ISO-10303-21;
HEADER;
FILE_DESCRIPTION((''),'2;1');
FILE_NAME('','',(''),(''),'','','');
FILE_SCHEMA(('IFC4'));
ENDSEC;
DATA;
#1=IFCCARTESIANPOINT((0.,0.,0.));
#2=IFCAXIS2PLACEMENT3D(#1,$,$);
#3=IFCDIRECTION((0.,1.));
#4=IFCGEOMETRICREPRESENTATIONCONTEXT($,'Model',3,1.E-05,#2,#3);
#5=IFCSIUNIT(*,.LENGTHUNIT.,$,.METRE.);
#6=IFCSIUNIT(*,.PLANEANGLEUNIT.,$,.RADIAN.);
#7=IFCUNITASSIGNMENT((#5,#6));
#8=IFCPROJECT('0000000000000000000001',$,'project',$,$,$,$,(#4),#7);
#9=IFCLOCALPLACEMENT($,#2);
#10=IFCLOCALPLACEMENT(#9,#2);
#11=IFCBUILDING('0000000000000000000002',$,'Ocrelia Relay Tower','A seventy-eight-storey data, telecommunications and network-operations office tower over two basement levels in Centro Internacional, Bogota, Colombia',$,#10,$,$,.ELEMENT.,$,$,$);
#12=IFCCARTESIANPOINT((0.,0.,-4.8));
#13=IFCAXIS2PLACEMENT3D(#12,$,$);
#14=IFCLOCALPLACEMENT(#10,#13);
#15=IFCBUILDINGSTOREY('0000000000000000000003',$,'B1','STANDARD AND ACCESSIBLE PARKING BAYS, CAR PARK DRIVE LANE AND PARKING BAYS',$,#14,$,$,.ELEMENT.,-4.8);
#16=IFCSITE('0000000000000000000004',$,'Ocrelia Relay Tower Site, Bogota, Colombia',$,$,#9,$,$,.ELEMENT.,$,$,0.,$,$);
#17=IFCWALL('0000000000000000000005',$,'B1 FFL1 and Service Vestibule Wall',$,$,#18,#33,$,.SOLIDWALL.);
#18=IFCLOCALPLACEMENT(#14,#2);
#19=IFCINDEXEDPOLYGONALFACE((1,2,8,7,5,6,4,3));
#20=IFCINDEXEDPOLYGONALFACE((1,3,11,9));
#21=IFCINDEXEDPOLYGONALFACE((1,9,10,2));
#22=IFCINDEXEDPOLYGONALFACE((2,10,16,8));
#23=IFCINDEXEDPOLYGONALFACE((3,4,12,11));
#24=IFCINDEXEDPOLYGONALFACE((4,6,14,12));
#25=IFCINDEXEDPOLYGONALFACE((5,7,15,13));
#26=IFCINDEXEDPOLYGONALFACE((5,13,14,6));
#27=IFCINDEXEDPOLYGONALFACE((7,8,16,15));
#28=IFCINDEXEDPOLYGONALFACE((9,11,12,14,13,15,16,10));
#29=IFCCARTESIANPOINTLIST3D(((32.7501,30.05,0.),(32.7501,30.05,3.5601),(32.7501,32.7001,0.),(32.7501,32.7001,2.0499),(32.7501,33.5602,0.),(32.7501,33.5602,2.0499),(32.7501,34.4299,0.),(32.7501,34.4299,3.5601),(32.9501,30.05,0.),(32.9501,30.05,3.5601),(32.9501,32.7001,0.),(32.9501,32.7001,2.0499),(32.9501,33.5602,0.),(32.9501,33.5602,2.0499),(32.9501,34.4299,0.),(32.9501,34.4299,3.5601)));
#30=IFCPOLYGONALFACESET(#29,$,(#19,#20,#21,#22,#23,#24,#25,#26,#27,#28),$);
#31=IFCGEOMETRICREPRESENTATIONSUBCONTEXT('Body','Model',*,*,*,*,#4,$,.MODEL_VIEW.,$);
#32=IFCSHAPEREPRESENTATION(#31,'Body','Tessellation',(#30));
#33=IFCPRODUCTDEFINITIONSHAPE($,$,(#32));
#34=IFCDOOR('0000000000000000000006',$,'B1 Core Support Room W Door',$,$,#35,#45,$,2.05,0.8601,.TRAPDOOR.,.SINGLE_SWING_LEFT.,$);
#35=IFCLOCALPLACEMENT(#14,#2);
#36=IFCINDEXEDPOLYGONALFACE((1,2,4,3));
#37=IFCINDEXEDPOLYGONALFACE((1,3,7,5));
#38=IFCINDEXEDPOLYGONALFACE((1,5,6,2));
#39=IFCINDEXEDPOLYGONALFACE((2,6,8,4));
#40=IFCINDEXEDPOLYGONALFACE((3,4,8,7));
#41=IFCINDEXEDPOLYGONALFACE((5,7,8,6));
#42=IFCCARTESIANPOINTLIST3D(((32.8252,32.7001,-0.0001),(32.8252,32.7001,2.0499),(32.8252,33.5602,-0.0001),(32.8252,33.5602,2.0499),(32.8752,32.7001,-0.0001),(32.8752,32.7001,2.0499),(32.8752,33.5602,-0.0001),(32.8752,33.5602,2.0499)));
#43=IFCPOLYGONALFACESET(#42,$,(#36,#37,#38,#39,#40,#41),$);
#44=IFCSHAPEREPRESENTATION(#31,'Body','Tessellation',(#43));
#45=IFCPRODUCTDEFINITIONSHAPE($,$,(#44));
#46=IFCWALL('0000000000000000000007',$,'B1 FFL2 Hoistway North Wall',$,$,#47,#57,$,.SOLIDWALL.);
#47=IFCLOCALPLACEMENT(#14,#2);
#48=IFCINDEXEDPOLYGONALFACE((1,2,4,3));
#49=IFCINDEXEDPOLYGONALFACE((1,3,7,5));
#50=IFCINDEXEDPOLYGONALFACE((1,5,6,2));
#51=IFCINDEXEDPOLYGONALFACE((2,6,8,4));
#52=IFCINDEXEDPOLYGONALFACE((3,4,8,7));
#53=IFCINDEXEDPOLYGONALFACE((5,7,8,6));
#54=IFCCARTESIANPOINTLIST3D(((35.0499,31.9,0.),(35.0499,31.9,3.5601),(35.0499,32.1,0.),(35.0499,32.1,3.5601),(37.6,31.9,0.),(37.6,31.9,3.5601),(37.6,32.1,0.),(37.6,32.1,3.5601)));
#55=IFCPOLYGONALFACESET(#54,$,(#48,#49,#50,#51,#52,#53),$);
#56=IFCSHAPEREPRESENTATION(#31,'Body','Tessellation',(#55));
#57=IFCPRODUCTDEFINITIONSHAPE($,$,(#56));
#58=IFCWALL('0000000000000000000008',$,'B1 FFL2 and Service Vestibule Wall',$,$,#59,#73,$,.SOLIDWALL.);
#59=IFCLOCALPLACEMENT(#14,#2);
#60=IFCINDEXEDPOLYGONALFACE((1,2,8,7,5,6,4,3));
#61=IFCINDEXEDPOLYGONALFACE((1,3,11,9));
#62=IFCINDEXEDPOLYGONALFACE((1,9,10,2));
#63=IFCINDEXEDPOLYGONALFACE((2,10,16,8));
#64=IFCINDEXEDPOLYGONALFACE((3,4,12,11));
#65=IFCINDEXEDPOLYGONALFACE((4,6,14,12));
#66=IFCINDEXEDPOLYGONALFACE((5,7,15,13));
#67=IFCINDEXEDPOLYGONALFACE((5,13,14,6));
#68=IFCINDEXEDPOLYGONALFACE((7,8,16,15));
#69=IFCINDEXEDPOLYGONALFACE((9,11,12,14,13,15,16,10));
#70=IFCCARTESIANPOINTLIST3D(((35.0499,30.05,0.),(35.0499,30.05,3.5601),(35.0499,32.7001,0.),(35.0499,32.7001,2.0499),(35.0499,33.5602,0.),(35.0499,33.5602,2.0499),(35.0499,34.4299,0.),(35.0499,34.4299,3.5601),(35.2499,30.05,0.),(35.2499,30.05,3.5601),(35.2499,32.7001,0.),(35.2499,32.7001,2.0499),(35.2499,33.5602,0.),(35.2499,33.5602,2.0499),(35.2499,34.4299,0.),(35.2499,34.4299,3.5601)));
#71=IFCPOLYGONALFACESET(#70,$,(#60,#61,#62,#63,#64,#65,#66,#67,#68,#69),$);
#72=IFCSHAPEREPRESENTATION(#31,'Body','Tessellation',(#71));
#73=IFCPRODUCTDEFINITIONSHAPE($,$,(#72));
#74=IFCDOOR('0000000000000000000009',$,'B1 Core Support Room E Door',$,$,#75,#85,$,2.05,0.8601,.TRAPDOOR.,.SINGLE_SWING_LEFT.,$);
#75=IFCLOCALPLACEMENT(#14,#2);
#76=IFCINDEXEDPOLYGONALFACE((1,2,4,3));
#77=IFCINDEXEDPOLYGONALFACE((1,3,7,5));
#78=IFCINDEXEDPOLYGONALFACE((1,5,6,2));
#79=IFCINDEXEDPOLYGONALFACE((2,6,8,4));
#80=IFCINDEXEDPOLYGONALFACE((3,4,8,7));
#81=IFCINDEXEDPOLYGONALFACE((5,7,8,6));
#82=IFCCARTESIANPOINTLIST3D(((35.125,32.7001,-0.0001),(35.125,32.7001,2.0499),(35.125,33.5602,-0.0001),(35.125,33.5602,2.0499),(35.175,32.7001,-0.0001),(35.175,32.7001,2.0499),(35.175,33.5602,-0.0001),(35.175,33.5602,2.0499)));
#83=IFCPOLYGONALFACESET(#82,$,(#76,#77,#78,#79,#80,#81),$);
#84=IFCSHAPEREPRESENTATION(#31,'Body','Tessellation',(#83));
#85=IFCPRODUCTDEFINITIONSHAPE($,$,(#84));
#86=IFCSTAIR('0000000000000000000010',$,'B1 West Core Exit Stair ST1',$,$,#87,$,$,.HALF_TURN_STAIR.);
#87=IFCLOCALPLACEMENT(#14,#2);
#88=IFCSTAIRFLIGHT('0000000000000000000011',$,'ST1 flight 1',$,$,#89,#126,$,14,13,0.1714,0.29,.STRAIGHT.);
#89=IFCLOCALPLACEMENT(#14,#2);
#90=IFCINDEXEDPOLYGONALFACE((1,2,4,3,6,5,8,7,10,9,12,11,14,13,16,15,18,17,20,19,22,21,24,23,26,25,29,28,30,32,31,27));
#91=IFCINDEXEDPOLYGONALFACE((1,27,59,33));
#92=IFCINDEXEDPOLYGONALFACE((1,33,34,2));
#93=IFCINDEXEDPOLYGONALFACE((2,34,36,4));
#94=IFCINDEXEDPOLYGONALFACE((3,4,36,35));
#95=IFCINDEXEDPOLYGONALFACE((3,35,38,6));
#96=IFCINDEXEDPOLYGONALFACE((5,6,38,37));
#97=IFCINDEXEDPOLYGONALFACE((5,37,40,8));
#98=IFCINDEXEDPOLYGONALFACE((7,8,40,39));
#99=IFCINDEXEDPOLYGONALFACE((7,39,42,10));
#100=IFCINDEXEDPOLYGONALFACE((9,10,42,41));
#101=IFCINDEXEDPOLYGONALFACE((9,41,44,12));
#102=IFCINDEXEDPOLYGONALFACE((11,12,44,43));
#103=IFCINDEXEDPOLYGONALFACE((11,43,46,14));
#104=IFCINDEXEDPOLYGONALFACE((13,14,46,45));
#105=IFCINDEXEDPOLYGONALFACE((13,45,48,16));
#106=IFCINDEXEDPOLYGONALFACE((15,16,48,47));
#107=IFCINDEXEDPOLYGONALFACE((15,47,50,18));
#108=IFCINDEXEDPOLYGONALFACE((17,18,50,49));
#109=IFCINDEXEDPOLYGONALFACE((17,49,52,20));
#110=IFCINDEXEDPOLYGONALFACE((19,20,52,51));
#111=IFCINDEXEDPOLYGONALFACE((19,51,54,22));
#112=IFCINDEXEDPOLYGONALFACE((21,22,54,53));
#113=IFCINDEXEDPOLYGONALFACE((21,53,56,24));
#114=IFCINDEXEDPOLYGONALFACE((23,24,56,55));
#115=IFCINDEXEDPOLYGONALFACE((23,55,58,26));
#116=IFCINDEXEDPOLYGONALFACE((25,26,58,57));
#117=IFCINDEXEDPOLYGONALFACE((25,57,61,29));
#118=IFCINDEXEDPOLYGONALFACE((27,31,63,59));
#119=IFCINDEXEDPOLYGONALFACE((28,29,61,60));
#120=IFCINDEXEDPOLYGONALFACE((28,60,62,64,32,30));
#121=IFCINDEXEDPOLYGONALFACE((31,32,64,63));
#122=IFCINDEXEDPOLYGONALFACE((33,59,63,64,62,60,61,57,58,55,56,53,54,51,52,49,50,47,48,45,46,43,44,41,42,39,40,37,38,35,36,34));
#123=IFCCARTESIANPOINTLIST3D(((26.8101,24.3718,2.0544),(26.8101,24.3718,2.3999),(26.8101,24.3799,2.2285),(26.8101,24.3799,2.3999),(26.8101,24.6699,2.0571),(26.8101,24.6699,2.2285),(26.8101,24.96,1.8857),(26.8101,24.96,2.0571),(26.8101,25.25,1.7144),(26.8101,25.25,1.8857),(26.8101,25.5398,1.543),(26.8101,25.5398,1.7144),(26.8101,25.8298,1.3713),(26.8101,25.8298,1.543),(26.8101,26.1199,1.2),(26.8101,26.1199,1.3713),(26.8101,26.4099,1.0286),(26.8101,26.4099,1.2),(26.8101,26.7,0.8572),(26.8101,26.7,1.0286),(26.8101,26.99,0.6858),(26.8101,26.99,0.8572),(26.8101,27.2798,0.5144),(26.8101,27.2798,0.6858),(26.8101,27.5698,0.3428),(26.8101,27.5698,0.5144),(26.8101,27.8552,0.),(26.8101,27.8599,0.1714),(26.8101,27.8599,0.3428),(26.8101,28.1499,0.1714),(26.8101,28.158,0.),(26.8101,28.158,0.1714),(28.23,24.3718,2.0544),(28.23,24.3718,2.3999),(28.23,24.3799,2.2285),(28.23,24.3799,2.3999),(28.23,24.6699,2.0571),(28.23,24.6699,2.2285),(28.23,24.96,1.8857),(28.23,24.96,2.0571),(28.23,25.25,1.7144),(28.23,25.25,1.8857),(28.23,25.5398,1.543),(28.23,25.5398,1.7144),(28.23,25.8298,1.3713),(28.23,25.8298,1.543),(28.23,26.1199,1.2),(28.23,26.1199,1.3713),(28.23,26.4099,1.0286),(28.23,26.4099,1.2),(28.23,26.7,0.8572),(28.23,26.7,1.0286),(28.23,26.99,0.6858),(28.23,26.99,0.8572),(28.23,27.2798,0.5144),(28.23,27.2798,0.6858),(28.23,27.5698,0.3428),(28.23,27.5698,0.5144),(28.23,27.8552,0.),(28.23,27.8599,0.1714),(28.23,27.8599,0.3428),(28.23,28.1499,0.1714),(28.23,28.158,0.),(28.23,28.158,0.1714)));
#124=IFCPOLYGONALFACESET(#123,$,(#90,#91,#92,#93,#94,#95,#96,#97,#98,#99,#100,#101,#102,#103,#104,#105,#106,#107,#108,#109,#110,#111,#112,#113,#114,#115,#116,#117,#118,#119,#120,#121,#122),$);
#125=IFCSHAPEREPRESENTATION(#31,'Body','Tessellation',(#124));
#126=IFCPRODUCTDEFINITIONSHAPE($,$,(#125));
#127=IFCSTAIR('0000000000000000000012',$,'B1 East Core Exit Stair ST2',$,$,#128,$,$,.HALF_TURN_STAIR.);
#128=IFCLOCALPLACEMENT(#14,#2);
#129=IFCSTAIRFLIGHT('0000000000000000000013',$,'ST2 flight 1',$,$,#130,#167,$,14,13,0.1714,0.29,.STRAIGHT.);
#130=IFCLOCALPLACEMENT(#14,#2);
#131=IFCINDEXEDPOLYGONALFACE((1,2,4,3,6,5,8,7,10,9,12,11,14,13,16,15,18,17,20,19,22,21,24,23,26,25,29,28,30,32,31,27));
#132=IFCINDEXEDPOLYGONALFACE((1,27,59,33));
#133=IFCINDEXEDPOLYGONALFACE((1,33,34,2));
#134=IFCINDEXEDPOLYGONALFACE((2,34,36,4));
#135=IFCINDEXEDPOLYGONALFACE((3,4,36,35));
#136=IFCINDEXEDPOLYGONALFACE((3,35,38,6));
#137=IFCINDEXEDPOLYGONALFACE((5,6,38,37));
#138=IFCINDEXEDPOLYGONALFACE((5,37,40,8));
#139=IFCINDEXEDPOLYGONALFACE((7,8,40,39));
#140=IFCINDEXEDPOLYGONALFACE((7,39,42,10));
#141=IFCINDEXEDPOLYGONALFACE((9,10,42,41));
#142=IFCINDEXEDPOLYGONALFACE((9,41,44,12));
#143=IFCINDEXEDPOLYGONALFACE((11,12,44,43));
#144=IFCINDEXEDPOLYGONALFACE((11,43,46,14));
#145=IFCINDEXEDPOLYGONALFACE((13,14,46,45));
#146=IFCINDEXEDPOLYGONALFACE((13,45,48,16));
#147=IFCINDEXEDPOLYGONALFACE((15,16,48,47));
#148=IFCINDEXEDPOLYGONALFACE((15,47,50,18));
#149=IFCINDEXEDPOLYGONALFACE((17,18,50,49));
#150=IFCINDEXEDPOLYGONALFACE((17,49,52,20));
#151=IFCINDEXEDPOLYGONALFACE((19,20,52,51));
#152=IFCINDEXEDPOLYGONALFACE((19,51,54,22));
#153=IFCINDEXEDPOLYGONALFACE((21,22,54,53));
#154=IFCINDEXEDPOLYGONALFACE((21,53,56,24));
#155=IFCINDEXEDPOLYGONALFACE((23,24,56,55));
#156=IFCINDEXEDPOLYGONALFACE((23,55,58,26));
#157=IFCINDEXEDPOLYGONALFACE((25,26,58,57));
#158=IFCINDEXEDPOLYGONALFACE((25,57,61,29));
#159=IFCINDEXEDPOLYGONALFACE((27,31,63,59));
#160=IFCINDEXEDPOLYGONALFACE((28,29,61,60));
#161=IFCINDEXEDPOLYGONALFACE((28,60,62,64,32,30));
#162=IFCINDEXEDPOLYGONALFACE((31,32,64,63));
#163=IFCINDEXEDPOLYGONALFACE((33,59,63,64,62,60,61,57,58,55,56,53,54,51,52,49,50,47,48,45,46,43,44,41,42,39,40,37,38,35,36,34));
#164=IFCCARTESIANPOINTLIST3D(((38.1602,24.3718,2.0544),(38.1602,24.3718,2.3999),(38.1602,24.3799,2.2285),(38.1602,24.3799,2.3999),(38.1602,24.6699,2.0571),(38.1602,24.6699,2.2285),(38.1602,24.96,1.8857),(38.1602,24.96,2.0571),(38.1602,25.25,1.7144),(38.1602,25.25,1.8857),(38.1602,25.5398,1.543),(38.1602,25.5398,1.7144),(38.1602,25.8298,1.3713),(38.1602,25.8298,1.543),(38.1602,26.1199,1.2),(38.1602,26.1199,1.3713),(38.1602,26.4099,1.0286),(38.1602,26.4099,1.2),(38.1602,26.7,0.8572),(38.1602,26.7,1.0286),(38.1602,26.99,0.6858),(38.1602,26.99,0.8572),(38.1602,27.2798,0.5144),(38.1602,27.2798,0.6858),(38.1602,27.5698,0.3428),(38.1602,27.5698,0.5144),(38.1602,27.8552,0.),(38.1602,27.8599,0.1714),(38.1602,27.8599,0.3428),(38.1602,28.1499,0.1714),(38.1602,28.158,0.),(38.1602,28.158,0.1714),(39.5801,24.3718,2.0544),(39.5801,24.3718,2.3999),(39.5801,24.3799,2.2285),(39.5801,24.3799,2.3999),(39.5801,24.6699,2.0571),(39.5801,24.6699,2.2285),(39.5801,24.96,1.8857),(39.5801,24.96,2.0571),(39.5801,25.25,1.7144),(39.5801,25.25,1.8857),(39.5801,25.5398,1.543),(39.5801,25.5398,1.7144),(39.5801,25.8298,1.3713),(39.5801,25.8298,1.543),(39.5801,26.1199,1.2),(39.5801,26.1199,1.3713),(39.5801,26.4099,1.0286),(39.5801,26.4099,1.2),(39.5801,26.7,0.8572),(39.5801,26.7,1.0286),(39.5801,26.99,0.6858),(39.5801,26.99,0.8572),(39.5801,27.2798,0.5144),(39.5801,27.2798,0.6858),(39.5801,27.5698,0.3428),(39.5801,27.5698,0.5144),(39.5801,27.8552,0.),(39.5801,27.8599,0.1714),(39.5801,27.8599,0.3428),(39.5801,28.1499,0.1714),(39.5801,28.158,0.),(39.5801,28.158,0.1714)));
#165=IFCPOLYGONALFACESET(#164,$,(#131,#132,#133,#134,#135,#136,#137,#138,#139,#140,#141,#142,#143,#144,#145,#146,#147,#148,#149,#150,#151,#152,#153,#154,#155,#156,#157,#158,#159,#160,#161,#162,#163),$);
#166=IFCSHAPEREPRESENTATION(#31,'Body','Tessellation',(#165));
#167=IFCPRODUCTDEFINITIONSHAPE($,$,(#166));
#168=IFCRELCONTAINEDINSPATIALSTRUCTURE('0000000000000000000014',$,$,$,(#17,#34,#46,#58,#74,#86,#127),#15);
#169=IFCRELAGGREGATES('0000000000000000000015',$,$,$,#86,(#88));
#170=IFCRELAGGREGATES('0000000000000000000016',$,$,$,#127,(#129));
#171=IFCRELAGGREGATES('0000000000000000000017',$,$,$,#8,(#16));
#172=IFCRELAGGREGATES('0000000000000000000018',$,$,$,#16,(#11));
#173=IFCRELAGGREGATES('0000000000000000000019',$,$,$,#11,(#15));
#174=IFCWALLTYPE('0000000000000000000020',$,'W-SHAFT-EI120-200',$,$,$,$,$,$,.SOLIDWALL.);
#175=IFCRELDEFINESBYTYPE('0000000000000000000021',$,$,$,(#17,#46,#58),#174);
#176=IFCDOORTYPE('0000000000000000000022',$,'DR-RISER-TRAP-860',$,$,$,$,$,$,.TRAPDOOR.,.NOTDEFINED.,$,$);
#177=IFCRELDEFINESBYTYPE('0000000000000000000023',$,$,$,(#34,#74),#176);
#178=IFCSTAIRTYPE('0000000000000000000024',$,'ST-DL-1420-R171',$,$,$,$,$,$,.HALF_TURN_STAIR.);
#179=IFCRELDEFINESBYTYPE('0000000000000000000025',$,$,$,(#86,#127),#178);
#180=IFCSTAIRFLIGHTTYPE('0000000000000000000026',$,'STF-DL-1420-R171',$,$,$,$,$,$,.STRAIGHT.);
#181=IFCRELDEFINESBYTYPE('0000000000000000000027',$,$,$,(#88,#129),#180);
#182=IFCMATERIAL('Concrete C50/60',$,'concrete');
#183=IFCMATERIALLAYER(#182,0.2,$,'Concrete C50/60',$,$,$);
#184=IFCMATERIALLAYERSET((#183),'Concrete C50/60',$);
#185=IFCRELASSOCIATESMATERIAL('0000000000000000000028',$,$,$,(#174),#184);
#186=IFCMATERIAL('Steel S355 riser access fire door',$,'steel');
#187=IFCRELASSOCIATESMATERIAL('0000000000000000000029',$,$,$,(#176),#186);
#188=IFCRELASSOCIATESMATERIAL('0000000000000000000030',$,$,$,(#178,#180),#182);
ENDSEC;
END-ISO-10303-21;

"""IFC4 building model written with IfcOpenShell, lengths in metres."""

from ifc_helpers import new_model, si_unit, direction, frame, frame_2d, origin, place, context, subcontext, project, spatial, polyline, rectangle, outline, extrude, material, layer, layer_set, type_object, element, fill, aggregate, save


model = new_model("IFC4")

# Units and contexts
model_context = context("Model", 3, precision=1e-05, world=origin(), true_north=direction((0.0, 1.0)))
body_context = subcontext(model_context, "Body", "Model", "MODEL_VIEW")
ifc_project = project(units=[si_unit("LENGTHUNIT", "METRE"), si_unit("PLANEANGLEUNIT", "RADIAN")], contexts=[model_context])

# Site, building, storey
site_placement = place(None, origin())
site = spatial("IfcSite", under=ifc_project, at=site_placement, Name="Ocrelia Relay Tower Site, Bogota, Colombia", CompositionType="ELEMENT", RefElevation=0.0)
building_placement = place(site_placement, origin())
building = spatial("IfcBuilding", under=site, at=building_placement, Name="Ocrelia Relay Tower", Description="A seventy-eight-storey data, telecommunications and network-operations office tower over two basement levels in Centro Internacional, Bogota, Colombia", CompositionType="ELEMENT")
storey_placement = place(building_placement, frame((0.0, 0.0, -4.8)))
storey = spatial("IfcBuildingStorey", under=building, at=storey_placement, Name="B1", Description="STANDARD AND ACCESSIBLE PARKING BAYS, CAR PARK DRIVE LANE AND PARKING BAYS", CompositionType="ELEMENT", Elevation=-4.8)

# Shared definitions
ifc_material_1 = material(Name="Concrete C50/60", Category="concrete")

# Shared definitions
ifc_layer_1 = layer(ifc_material_1, 0.2, Name="Concrete C50/60")
ifc_layer_set_1 = layer_set([ifc_layer_1], Name="Concrete C50/60")
wall_type_1 = type_object("IfcWallType", Name="W-SHAFT-EI120-200", PredefinedType="SOLIDWALL", material=ifc_layer_set_1)

# Wall, opening, door
wall_1_placement = place(storey_placement, frame((32.8501, 30.05, 0.0), z_axis=(0.0, 0.0, 1.0), x_axis=(0.0, 1.0, 0.0)))
wall_1 = element("IfcWall", 1, at=wall_1_placement, inside=storey, type_object=wall_type_1, Name="B1 FFL1 and Service Vestibule Wall", PredefinedType="SOLIDWALL", context=body_context, shape_type="SweptSolid", body=[
    extrude(rectangle(XDim=4.3799, YDim=0.2, at=frame_2d((2.1899, 0.0))), origin(), (0.0, 0.0, 1.0), 3.5601),
])
opening_1_placement = place(wall_1_placement, frame((2.6499, 0.0, 0.0)))
opening_1 = element("IfcOpeningElement", 2, at=opening_1_placement, cuts=wall_1, PredefinedType="OPENING", context=body_context, shape_type="SweptSolid", body=[
    extrude(rectangle(XDim=0.8601, YDim=2.05, at=frame_2d((0.4302, 1.0249))), frame((0.0, 0.1099, 0.0), z_axis=(0.0, -1.0, 0.0), x_axis=(1.0, 0.0, 0.0)), (0.0, 0.0, 1.0), 0.22),
])
ifc_material_2 = material(Name="Steel S355 riser access fire door", Category="steel")
door_type_1 = type_object("IfcDoorType", Name="DR-RISER-TRAP-860", OperationType="NOTDEFINED", PredefinedType="TRAPDOOR", material=ifc_material_2)
door_1_placement = place(opening_1_placement, origin())
door_1 = element("IfcDoor", 3, at=door_1_placement, inside=storey, type_object=door_type_1, Name="B1 Core Support Room W Door", OperationType="SINGLE_SWING_LEFT", OverallHeight=2.05, OverallWidth=0.8601, PredefinedType="TRAPDOOR", context=body_context, shape_type="SweptSolid", body=[
    extrude(rectangle(XDim=0.8601, YDim=2.05, at=frame_2d((0.4302, 1.0249))), frame((0.0, 0.0249, 0.0), z_axis=(0.0, -1.0, 0.0), x_axis=(1.0, 0.0, 0.0)), (0.0, 0.0, 1.0), 0.05),
])
fill(opening_1, door_1)

# Wall
wall_2_placement = place(storey_placement, frame((35.05, 32.0, 0.0), z_axis=(0.0, 0.0, 1.0), x_axis=(1.0, 0.0, 0.0)))
element("IfcWall", 4, at=wall_2_placement, inside=storey, type_object=wall_type_1, Name="B1 FFL2 Hoistway North Wall", PredefinedType="SOLIDWALL", context=body_context, shape_type="SweptSolid", body=[
    extrude(rectangle(XDim=2.55, YDim=0.2, at=frame_2d((1.2749, 0.0))), origin(), (0.0, 0.0, 1.0), 3.5601),
])

# Wall, opening, door
wall_3_placement = place(storey_placement, frame((35.1499, 30.05, 0.0), z_axis=(0.0, 0.0, 1.0), x_axis=(0.0, 1.0, 0.0)))
wall_3 = element("IfcWall", 5, at=wall_3_placement, inside=storey, type_object=wall_type_1, Name="B1 FFL2 and Service Vestibule Wall", PredefinedType="SOLIDWALL", context=body_context, shape_type="SweptSolid", body=[
    extrude(rectangle(XDim=4.3799, YDim=0.2, at=frame_2d((2.1899, 0.0))), origin(), (0.0, 0.0, 1.0), 3.5601),
])
opening_2_placement = place(wall_3_placement, frame((2.6499, 0.0, 0.0)))
opening_2 = element("IfcOpeningElement", 6, at=opening_2_placement, cuts=wall_3, PredefinedType="OPENING", context=body_context, shape_type="SweptSolid", body=[
    extrude(rectangle(XDim=0.8601, YDim=2.05, at=frame_2d((0.4302, 1.0249))), frame((0.0, 0.1099, 0.0), z_axis=(0.0, -1.0, 0.0), x_axis=(1.0, 0.0, 0.0)), (0.0, 0.0, 1.0), 0.22),
])
door_2_placement = place(opening_2_placement, origin())
door_2 = element("IfcDoor", 7, at=door_2_placement, inside=storey, type_object=door_type_1, Name="B1 Core Support Room E Door", OperationType="SINGLE_SWING_LEFT", OverallHeight=2.05, OverallWidth=0.8601, PredefinedType="TRAPDOOR", context=body_context, shape_type="SweptSolid", body=[
    extrude(rectangle(XDim=0.8601, YDim=2.05, at=frame_2d((0.4302, 1.0249))), frame((0.0, 0.0249, 0.0), z_axis=(0.0, -1.0, 0.0), x_axis=(1.0, 0.0, 0.0)), (0.0, 0.0, 1.0), 0.05),
])
fill(opening_2, door_2)

# Stairs, stair flights
stair_type = type_object("IfcStairType", Name="ST-DL-1420-R171", PredefinedType="HALF_TURN_STAIR", material=ifc_material_1)
stair_1_placement = place(storey_placement, origin())
stair_1 = element("IfcStair", 8, at=stair_1_placement, inside=storey, type_object=stair_type, Name="B1 West Core Exit Stair ST1", PredefinedType="HALF_TURN_STAIR")
stair_flight_type = type_object("IfcStairFlightType", Name="STF-DL-1420-R171", PredefinedType="STRAIGHT", material=ifc_material_1)
stair_flight_1_placement = place(storey_placement, frame((27.52, 28.1499, 0.0), z_axis=(0.0, 0.0, 1.0), x_axis=(0.0, -1.0, 0.0)))
stair_flight_1 = element("IfcStairFlight", 9, at=stair_flight_1_placement, type_object=stair_flight_type, Name="ST1 flight 1", NumberOfRisers=14, NumberOfTreads=13, PredefinedType="STRAIGHT", RiserHeight=0.1714, TreadLength=0.29, context=body_context, shape_type="SweptSolid", body=[
    extrude(outline(polyline([(-0.0081, 0.0), (-0.0081, 0.1714), (0.0, 0.1714), (0.29, 0.1714), (0.29, 0.3428), (0.5801, 0.3428), (0.5801, 0.5144), (0.8701, 0.5144), (0.8701, 0.6858), (1.1599, 0.6858), (1.1599, 0.8572), (1.45, 0.8572), (1.45, 1.0286), (1.74, 1.0286), (1.74, 1.2), (2.03, 1.2), (2.03, 1.3713), (2.3201, 1.3713), (2.3201, 1.543), (2.6101, 1.543), (2.6101, 1.7144), (2.8999, 1.7144), (2.8999, 1.8857), (3.1899, 1.8857), (3.1899, 2.0571), (3.48, 2.0571), (3.48, 2.2285), (3.77, 2.2285), (3.77, 2.3999), (3.7781, 2.3999), (3.7781, 2.0544), (0.2947, 0.0), (-0.0081, 0.0)])), frame((0.0, 0.71, 0.0), z_axis=(0.0, -1.0, 0.0), x_axis=(1.0, 0.0, 0.0)), (0.0, 0.0, 1.0), 1.4199),
])
aggregate(stair_1, [stair_flight_1])
stair_2_placement = place(storey_placement, origin())
stair_2 = element("IfcStair", 10, at=stair_2_placement, inside=storey, type_object=stair_type, Name="B1 East Core Exit Stair ST2", PredefinedType="HALF_TURN_STAIR")
stair_flight_2_placement = place(storey_placement, frame((38.8701, 28.1499, 0.0), z_axis=(0.0, 0.0, 1.0), x_axis=(0.0, -1.0, 0.0)))
stair_flight_2 = element("IfcStairFlight", 11, at=stair_flight_2_placement, type_object=stair_flight_type, Name="ST2 flight 1", NumberOfRisers=14, NumberOfTreads=13, PredefinedType="STRAIGHT", RiserHeight=0.1714, TreadLength=0.29, context=body_context, shape_type="SweptSolid", body=[
    extrude(outline(polyline([(-0.0081, 0.0), (-0.0081, 0.1714), (0.0, 0.1714), (0.29, 0.1714), (0.29, 0.3428), (0.5801, 0.3428), (0.5801, 0.5144), (0.8701, 0.5144), (0.8701, 0.6858), (1.1599, 0.6858), (1.1599, 0.8572), (1.45, 0.8572), (1.45, 1.0286), (1.74, 1.0286), (1.74, 1.2), (2.03, 1.2), (2.03, 1.3713), (2.3201, 1.3713), (2.3201, 1.543), (2.6101, 1.543), (2.6101, 1.7144), (2.8999, 1.7144), (2.8999, 1.8857), (3.1899, 1.8857), (3.1899, 2.0571), (3.48, 2.0571), (3.48, 2.2285), (3.77, 2.2285), (3.77, 2.3999), (3.7781, 2.3999), (3.7781, 2.0544), (0.2947, 0.0), (-0.0081, 0.0)])), frame((0.0, 0.71, 0.0), z_axis=(0.0, -1.0, 0.0), x_axis=(1.0, 0.0, 0.0)), (0.0, 0.0, 1.0), 1.4199),
])
aggregate(stair_2, [stair_flight_2])

save(model, "model.ifc")
